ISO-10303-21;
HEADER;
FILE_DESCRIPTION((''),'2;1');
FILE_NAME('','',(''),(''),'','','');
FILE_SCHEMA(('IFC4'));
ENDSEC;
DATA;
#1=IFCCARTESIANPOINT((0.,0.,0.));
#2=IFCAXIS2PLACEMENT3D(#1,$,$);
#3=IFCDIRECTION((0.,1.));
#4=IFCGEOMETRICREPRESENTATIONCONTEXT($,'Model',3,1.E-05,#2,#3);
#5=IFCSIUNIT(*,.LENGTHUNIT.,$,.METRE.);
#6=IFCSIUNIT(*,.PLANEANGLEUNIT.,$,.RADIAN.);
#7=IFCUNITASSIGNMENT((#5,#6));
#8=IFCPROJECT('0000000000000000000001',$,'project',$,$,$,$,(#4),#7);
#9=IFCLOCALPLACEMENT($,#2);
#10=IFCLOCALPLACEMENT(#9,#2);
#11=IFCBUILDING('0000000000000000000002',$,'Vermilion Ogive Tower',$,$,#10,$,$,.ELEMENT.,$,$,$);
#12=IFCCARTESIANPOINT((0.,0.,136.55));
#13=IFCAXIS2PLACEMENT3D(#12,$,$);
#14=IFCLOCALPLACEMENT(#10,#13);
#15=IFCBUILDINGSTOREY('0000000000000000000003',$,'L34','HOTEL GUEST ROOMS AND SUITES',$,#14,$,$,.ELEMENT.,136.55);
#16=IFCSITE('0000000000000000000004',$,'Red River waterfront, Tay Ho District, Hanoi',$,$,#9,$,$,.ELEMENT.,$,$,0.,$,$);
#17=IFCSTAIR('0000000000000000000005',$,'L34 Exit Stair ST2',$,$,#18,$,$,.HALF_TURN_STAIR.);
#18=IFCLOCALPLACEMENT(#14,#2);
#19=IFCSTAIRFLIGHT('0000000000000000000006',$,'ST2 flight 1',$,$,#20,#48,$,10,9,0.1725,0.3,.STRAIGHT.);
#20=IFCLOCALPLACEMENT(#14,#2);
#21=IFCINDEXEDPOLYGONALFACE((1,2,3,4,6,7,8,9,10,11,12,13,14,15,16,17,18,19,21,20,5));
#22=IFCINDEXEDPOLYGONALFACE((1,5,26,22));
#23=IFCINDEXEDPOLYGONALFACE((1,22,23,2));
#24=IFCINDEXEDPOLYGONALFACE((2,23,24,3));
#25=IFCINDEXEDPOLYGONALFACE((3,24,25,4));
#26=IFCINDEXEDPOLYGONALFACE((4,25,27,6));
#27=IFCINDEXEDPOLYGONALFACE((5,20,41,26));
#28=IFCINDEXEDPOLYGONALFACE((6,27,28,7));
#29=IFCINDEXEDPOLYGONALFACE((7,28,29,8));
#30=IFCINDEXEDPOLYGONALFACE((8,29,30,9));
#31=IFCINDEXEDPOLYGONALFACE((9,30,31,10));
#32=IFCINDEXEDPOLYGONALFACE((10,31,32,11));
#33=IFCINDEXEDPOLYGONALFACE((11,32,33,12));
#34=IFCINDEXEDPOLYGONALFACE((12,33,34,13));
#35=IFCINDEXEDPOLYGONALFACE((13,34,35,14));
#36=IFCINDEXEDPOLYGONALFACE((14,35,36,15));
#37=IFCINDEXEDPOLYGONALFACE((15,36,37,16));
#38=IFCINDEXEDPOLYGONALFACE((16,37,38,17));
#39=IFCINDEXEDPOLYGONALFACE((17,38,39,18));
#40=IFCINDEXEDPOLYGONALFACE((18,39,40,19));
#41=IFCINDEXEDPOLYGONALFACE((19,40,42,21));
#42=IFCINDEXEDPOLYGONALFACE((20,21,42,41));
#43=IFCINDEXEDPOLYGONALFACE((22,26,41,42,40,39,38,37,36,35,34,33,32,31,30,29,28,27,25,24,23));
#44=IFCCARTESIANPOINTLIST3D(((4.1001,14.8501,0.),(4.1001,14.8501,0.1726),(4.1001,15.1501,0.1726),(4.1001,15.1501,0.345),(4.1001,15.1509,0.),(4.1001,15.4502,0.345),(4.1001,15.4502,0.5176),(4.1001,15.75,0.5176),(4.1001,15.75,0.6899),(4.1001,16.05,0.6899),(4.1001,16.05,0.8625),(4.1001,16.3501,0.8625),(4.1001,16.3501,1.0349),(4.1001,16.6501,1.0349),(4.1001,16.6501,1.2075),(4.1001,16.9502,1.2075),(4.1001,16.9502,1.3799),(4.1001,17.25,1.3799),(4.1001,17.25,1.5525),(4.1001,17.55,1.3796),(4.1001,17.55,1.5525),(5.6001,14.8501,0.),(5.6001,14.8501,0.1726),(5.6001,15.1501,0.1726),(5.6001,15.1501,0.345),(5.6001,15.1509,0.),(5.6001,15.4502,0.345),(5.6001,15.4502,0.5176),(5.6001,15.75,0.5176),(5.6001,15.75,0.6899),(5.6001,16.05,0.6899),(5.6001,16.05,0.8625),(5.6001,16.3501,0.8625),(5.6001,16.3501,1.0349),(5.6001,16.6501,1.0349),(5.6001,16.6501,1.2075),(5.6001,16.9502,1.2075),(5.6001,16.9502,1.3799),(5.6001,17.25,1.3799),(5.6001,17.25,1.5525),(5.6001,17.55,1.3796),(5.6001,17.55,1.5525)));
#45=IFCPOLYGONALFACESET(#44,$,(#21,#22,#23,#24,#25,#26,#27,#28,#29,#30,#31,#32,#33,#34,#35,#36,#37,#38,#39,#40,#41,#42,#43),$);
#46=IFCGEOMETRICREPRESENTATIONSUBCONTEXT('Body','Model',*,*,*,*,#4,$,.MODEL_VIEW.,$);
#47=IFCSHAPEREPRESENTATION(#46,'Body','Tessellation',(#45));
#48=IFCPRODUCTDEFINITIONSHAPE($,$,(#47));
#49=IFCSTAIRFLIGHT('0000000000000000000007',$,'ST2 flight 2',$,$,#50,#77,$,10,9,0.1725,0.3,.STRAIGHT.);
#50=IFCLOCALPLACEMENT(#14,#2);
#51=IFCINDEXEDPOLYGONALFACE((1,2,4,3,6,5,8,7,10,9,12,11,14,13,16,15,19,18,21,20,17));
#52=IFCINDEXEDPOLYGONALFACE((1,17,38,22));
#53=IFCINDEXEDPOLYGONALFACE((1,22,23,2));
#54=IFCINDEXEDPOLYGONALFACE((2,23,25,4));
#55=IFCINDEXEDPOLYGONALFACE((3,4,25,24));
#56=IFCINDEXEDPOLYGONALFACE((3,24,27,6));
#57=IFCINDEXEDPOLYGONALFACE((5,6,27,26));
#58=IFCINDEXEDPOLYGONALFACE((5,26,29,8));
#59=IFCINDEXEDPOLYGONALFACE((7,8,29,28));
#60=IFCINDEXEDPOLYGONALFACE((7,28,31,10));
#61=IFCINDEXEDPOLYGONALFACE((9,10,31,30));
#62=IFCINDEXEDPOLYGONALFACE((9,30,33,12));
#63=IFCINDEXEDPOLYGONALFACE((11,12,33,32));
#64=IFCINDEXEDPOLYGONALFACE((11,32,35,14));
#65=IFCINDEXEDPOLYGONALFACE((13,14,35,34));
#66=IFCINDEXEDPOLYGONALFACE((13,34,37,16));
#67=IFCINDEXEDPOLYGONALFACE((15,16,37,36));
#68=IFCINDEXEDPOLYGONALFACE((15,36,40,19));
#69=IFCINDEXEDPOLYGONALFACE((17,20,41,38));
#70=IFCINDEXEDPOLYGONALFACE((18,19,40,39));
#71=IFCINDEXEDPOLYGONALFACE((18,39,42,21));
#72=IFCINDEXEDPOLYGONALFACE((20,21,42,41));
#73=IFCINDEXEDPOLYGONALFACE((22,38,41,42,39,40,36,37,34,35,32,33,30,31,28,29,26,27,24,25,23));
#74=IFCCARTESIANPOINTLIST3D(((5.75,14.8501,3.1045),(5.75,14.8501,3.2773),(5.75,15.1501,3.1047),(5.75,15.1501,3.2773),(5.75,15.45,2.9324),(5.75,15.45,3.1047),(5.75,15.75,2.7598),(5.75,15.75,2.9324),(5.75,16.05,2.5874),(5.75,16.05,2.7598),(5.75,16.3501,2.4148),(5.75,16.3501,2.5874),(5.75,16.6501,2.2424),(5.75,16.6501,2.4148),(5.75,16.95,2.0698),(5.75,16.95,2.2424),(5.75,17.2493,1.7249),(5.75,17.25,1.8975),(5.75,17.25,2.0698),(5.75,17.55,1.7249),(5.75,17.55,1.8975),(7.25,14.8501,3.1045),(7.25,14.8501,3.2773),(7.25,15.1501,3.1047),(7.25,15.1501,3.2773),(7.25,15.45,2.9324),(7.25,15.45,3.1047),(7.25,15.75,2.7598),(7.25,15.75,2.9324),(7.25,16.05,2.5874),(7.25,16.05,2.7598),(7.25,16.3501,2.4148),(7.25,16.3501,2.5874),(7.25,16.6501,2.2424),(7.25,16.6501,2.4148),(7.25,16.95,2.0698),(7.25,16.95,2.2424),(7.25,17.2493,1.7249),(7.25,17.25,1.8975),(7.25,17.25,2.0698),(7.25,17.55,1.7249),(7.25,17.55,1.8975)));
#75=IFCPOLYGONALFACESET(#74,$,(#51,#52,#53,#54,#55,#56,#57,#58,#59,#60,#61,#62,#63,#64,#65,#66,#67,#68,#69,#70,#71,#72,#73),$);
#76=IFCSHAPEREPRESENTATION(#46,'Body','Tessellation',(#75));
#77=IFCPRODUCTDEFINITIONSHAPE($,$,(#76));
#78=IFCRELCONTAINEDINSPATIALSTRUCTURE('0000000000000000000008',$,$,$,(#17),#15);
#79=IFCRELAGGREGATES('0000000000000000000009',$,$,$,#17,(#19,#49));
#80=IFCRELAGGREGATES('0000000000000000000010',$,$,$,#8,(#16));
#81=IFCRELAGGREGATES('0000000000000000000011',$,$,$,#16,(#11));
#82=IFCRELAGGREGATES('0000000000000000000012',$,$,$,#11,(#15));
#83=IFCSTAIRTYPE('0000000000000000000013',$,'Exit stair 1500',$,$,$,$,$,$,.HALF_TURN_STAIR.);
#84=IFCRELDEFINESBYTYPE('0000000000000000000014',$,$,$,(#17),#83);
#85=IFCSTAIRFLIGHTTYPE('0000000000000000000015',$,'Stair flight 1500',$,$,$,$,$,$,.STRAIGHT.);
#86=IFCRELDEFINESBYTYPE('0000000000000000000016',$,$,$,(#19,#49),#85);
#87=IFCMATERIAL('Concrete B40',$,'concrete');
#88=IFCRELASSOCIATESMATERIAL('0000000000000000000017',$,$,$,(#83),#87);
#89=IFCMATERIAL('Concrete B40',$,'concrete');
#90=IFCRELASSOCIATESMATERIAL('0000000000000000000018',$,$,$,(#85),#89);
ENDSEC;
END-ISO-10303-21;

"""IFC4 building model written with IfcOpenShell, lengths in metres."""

from ifc_helpers import new_model, si_unit, direction, frame, origin, place, context, subcontext, project, spatial, polyline, outline, extrude, material, type_object, element, aggregate, save


model = new_model("IFC4")

# Units and contexts
model_context = context("Model", 3, precision=1e-05, world=origin(), true_north=direction((0.0, 1.0)))
body_context = subcontext(model_context, "Body", "Model", "MODEL_VIEW")
ifc_project = project(units=[si_unit("LENGTHUNIT", "METRE"), si_unit("PLANEANGLEUNIT", "RADIAN")], contexts=[model_context])

# Site, building, storey
site_placement = place(None, origin())
site = spatial("IfcSite", under=ifc_project, at=site_placement, Name="Red River waterfront, Tay Ho District, Hanoi", CompositionType="ELEMENT", RefElevation=0.0)
building_placement = place(site_placement, origin())
building = spatial("IfcBuilding", under=site, at=building_placement, Name="Vermilion Ogive Tower", CompositionType="ELEMENT")
storey_placement = place(building_placement, frame((0.0, 0.0, 136.55)))
storey = spatial("IfcBuildingStorey", under=building, at=storey_placement, Name="L34", Description="HOTEL GUEST ROOMS AND SUITES", CompositionType="ELEMENT", Elevation=136.55)

# Stair, stair flights
ifc_material_1 = material(Name="Concrete B40", Category="concrete")
stair_type = type_object("IfcStairType", Name="Exit stair 1500", PredefinedType="HALF_TURN_STAIR", material=ifc_material_1)
stair_placement = place(storey_placement, origin())
stair = element("IfcStair", 1, at=stair_placement, inside=storey, type_object=stair_type, Name="L34 Exit Stair ST2", PredefinedType="HALF_TURN_STAIR")
ifc_material_2 = material(Name="Concrete B40", Category="concrete")
stair_flight_type = type_object("IfcStairFlightType", Name="Stair flight 1500", PredefinedType="STRAIGHT", material=ifc_material_2)
stair_flight_1_placement = place(storey_placement, frame((4.8501, 14.8501, 0.0), z_axis=(0.0, 0.0, 1.0), x_axis=(0.0, 1.0, 0.0)))
stair_flight_1 = element("IfcStairFlight", 2, at=stair_flight_1_placement, type_object=stair_flight_type, Name="ST2 flight 1", NumberOfRisers=10, NumberOfTreads=9, PredefinedType="STRAIGHT", RiserHeight=0.1725, TreadLength=0.3, context=body_context, shape_type="SweptSolid", body=[
    extrude(outline(polyline([(0.0, 0.0), (0.0, 0.1726), (0.3, 0.1726), (0.3, 0.345), (0.6001, 0.345), (0.6001, 0.5176), (0.8999, 0.5176), (0.8999, 0.6899), (1.2, 0.6899), (1.2, 0.8625), (1.5, 0.8625), (1.5, 1.0349), (1.8, 1.0349), (1.8, 1.2075), (2.1001, 1.2075), (2.1001, 1.3799), (2.3999, 1.3799), (2.3999, 1.5525), (2.7, 1.5525), (2.7, 1.7251), (2.7, 1.3796), (0.3008, 0.0), (0.0, 0.0)])), frame((0.0, 0.75, 0.0), z_axis=(0.0, -1.0, 0.0), x_axis=(1.0, 0.0, 0.0)), (0.0, 0.0, 1.0), 1.5),
])
stair_flight_2_placement = place(storey_placement, frame((6.5, 17.55, 1.7249), z_axis=(0.0, 0.0, 1.0), x_axis=(0.0, -1.0, 0.0)))
stair_flight_2 = element("IfcStairFlight", 3, at=stair_flight_2_placement, type_object=stair_flight_type, Name="ST2 flight 2", NumberOfRisers=10, NumberOfTreads=9, PredefinedType="STRAIGHT", RiserHeight=0.1725, TreadLength=0.3, context=body_context, shape_type="SweptSolid", body=[
    extrude(outline(polyline([(0.0, 0.0), (0.0, 0.1726), (0.3, 0.1726), (0.3, 0.345), (0.6001, 0.345), (0.6001, 0.5176), (0.8999, 0.5176), (0.8999, 0.6899), (1.2, 0.6899), (1.2, 0.8625), (1.5, 0.8625), (1.5, 1.0349), (1.8, 1.0349), (1.8, 1.2075), (2.1001, 1.2075), (2.1001, 1.3799), (2.3999, 1.3799), (2.3999, 1.5525), (2.7, 1.5525), (2.7, 1.7251), (2.7, 1.3796), (0.3008, 0.0), (0.0, 0.0)])), frame((0.0, 0.75, 0.0), z_axis=(0.0, -1.0, 0.0), x_axis=(1.0, 0.0, 0.0)), (0.0, 0.0, 1.0), 1.5),
])
aggregate(stair, [stair_flight_1, stair_flight_2])

save(model, "model.ifc")
